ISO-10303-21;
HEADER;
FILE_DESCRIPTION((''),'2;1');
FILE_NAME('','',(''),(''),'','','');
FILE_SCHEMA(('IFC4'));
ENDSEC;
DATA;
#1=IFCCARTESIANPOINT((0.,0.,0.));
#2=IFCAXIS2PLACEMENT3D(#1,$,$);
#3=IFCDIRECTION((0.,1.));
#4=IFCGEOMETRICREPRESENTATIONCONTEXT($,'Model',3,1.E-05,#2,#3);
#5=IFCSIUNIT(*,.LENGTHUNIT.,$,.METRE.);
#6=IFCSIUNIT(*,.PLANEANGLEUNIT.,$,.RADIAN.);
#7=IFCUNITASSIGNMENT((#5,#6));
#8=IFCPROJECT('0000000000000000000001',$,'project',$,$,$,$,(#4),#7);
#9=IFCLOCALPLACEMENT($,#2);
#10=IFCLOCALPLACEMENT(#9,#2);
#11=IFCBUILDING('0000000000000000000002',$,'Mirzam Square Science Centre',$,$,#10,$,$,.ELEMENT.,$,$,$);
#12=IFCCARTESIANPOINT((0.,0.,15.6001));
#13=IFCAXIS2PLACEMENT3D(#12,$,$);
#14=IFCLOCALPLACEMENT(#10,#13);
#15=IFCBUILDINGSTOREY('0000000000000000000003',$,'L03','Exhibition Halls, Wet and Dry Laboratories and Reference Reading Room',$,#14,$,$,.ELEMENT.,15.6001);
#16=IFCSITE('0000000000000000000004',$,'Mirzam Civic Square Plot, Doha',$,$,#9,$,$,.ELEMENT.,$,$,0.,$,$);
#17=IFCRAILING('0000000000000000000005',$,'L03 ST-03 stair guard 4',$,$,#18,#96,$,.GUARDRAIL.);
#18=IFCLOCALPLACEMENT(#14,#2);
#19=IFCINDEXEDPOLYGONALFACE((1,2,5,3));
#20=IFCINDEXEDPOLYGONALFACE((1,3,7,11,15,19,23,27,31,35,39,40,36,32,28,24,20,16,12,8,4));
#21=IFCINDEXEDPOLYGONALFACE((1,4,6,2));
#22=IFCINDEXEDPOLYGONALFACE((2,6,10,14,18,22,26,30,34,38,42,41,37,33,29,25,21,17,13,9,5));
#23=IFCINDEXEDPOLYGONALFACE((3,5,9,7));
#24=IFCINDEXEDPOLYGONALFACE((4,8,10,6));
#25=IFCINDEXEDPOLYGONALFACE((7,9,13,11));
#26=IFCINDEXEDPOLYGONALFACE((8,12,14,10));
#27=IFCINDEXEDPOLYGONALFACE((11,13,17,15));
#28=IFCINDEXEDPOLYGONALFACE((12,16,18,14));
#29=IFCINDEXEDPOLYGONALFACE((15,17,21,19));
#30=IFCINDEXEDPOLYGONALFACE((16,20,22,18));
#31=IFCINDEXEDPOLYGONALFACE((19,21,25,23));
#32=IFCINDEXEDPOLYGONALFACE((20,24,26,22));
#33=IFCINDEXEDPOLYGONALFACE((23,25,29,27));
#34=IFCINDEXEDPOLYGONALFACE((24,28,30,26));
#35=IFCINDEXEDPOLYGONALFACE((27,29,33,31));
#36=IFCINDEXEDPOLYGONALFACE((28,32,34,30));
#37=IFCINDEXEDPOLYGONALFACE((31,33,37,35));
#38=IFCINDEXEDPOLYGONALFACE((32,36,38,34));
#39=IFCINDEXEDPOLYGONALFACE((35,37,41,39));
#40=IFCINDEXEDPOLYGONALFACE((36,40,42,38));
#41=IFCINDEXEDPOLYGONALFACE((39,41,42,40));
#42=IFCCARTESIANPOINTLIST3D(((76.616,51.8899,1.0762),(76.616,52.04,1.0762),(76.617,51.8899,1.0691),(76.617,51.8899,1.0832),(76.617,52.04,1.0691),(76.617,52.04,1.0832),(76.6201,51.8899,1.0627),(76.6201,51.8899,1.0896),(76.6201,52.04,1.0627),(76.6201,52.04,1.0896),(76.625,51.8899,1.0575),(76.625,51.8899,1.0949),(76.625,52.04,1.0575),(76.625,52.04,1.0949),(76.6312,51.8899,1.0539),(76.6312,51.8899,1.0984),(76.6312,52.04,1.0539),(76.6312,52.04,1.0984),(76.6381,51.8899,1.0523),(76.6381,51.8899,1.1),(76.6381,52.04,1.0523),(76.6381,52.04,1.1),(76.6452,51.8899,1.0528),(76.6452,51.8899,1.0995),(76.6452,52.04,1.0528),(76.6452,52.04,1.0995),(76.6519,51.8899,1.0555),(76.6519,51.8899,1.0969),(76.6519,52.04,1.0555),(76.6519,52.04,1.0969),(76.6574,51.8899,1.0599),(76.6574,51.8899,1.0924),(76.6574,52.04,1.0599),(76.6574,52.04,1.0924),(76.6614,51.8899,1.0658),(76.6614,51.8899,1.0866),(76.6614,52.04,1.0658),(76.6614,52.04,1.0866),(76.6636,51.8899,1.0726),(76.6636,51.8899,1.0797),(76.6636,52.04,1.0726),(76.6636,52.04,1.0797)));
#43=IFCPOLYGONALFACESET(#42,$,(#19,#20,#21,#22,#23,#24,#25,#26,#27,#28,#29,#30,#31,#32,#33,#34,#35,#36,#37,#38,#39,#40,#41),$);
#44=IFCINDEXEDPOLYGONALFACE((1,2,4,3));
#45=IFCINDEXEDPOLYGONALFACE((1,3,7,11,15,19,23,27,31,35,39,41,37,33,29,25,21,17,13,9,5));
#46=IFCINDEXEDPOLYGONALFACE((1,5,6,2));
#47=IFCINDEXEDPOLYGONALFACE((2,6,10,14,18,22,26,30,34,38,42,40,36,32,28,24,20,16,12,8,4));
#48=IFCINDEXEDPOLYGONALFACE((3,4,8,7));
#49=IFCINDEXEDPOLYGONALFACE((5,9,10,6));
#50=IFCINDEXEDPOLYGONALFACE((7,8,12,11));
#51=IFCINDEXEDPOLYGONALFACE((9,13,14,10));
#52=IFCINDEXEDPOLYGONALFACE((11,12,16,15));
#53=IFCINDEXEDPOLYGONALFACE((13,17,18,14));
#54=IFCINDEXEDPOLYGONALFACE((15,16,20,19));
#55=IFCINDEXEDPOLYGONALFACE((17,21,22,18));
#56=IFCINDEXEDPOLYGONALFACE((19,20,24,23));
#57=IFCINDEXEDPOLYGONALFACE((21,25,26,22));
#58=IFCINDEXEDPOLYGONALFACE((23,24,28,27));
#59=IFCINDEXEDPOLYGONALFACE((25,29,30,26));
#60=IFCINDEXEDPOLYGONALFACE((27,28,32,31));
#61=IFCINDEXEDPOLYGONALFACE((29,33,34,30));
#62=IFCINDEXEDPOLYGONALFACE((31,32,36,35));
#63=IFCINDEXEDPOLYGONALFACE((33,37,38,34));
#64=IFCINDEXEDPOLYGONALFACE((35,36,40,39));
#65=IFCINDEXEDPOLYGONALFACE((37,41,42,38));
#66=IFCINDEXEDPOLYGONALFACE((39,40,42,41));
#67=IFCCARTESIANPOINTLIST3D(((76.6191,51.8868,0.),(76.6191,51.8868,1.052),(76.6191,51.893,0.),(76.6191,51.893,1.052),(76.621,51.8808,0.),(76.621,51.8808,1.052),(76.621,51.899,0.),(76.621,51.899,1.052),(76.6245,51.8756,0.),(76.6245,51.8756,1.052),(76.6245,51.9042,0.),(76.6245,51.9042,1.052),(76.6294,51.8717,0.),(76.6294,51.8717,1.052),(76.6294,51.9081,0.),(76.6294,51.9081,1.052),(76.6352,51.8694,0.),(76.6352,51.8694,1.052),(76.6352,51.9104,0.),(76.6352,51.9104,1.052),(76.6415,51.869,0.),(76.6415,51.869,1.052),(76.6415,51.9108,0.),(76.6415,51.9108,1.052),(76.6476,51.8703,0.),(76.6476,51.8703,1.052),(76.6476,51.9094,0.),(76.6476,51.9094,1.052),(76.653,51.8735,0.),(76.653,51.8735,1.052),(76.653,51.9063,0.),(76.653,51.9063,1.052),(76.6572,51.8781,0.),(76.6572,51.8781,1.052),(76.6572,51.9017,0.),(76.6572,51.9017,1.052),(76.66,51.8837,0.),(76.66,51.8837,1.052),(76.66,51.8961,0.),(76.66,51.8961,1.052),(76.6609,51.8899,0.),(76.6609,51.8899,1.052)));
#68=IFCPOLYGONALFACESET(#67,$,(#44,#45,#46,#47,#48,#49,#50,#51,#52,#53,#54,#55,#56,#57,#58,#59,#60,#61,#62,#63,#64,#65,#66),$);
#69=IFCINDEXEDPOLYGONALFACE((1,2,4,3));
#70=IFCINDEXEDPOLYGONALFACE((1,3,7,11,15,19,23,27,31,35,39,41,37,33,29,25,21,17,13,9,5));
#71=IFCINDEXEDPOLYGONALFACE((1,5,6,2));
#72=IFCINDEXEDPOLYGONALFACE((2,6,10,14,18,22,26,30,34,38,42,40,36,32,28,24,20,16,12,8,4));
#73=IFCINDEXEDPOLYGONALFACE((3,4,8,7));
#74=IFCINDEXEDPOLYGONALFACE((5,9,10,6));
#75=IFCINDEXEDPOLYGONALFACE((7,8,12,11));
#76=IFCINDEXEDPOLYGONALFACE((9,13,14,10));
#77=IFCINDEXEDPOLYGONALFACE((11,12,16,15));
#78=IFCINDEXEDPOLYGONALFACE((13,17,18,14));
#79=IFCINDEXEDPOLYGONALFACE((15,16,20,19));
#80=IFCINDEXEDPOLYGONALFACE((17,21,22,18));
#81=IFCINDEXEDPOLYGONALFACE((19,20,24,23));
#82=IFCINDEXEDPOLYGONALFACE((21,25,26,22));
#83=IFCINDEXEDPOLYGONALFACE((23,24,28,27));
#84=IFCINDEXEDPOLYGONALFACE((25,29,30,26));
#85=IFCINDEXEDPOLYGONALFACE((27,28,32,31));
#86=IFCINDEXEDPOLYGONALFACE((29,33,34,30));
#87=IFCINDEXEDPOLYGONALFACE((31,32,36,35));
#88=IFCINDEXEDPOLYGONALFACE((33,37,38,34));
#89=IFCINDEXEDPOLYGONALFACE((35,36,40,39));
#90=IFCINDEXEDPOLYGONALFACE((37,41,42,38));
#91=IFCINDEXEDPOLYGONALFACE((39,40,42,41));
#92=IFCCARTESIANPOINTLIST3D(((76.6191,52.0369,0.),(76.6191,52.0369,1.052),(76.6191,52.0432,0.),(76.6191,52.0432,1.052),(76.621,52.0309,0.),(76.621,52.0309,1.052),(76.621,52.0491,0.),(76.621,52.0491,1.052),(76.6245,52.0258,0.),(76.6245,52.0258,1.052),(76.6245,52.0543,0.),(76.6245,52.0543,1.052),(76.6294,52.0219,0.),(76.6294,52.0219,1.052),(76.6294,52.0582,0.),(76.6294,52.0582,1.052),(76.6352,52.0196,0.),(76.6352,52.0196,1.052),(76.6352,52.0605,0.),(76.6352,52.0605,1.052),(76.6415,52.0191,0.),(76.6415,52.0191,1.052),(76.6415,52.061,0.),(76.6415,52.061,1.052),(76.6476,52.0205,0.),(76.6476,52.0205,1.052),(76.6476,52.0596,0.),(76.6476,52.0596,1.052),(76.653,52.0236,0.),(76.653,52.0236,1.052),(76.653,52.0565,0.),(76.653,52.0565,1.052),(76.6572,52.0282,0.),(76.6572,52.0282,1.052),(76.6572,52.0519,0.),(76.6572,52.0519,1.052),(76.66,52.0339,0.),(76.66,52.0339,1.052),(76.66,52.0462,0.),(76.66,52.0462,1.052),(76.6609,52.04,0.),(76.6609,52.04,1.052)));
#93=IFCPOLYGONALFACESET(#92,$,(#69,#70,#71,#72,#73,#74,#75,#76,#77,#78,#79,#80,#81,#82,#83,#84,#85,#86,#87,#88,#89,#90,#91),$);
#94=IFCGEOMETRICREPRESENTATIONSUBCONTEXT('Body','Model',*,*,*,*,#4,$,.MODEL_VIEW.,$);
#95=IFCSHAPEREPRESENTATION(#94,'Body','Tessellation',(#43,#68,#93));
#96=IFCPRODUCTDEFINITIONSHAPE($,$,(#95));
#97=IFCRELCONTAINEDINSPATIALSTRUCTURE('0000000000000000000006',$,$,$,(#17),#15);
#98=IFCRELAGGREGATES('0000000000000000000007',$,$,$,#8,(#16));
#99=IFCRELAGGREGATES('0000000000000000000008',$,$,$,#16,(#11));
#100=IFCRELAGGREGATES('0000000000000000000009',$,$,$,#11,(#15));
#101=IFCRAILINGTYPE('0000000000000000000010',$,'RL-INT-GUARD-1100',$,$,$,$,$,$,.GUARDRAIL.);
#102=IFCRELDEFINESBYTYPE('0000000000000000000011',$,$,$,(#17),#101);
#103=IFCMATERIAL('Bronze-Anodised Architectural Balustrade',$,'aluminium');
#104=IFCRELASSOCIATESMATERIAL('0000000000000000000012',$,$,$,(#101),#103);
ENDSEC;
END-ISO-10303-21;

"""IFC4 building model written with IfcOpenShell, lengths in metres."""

from ifc_helpers import new_model, si_unit, direction, frame, origin, origin_2d, place, context, subcontext, project, spatial, circle, extrude, material, type_object, element, save


model = new_model("IFC4")

# Units and contexts
model_context = context("Model", 3, precision=1e-05, world=origin(), true_north=direction((0.0, 1.0)))
body_context = subcontext(model_context, "Body", "Model", "MODEL_VIEW")
ifc_project = project(units=[si_unit("LENGTHUNIT", "METRE"), si_unit("PLANEANGLEUNIT", "RADIAN")], contexts=[model_context])

# Site, building, storey
site_placement = place(None, origin())
site = spatial("IfcSite", under=ifc_project, at=site_placement, Name="Mirzam Civic Square Plot, Doha", CompositionType="ELEMENT", RefElevation=0.0)
building_placement = place(site_placement, origin())
building = spatial("IfcBuilding", under=site, at=building_placement, Name="Mirzam Square Science Centre", CompositionType="ELEMENT")
storey_placement = place(building_placement, frame((0.0, 0.0, 15.6001)))
storey = spatial("IfcBuildingStorey", under=building, at=storey_placement, Name="L03", Description="Exhibition Halls, Wet and Dry Laboratories and Reference Reading Room", CompositionType="ELEMENT", Elevation=15.6001)

# Railing
ifc_material_1 = material(Name="Bronze-Anodised Architectural Balustrade", Category="aluminium")
railing_type_1 = type_object("IfcRailingType", Name="RL-INT-GUARD-1100", PredefinedType="GUARDRAIL", material=ifc_material_1)
railing_1_placement = place(storey_placement, frame((76.6399, 51.8899, 0.0)))
element("IfcRailing", 1, at=railing_1_placement, inside=storey, type_object=railing_type_1, Name="L03 ST-03 stair guard 4", PredefinedType="GUARDRAIL", context=body_context, shape_type="SweptSolid", body=[
    extrude(circle(Radius=0.0239, at=origin_2d()), frame((0.0, 0.0, 1.0762), z_axis=(0.0, 1.0, 0.0), x_axis=(-1.0, 0.0, 0.0)), (0.0, 0.0, 1.0), 0.1501),
    extrude(circle(Radius=0.021, at=origin_2d()), origin(), (0.0, 0.0, 1.0), 1.052),
    extrude(circle(Radius=0.021, at=origin_2d()), frame((0.0, 0.1501, 0.0)), (0.0, 0.0, 1.0), 1.052),
])

save(model, "model.ifc")
